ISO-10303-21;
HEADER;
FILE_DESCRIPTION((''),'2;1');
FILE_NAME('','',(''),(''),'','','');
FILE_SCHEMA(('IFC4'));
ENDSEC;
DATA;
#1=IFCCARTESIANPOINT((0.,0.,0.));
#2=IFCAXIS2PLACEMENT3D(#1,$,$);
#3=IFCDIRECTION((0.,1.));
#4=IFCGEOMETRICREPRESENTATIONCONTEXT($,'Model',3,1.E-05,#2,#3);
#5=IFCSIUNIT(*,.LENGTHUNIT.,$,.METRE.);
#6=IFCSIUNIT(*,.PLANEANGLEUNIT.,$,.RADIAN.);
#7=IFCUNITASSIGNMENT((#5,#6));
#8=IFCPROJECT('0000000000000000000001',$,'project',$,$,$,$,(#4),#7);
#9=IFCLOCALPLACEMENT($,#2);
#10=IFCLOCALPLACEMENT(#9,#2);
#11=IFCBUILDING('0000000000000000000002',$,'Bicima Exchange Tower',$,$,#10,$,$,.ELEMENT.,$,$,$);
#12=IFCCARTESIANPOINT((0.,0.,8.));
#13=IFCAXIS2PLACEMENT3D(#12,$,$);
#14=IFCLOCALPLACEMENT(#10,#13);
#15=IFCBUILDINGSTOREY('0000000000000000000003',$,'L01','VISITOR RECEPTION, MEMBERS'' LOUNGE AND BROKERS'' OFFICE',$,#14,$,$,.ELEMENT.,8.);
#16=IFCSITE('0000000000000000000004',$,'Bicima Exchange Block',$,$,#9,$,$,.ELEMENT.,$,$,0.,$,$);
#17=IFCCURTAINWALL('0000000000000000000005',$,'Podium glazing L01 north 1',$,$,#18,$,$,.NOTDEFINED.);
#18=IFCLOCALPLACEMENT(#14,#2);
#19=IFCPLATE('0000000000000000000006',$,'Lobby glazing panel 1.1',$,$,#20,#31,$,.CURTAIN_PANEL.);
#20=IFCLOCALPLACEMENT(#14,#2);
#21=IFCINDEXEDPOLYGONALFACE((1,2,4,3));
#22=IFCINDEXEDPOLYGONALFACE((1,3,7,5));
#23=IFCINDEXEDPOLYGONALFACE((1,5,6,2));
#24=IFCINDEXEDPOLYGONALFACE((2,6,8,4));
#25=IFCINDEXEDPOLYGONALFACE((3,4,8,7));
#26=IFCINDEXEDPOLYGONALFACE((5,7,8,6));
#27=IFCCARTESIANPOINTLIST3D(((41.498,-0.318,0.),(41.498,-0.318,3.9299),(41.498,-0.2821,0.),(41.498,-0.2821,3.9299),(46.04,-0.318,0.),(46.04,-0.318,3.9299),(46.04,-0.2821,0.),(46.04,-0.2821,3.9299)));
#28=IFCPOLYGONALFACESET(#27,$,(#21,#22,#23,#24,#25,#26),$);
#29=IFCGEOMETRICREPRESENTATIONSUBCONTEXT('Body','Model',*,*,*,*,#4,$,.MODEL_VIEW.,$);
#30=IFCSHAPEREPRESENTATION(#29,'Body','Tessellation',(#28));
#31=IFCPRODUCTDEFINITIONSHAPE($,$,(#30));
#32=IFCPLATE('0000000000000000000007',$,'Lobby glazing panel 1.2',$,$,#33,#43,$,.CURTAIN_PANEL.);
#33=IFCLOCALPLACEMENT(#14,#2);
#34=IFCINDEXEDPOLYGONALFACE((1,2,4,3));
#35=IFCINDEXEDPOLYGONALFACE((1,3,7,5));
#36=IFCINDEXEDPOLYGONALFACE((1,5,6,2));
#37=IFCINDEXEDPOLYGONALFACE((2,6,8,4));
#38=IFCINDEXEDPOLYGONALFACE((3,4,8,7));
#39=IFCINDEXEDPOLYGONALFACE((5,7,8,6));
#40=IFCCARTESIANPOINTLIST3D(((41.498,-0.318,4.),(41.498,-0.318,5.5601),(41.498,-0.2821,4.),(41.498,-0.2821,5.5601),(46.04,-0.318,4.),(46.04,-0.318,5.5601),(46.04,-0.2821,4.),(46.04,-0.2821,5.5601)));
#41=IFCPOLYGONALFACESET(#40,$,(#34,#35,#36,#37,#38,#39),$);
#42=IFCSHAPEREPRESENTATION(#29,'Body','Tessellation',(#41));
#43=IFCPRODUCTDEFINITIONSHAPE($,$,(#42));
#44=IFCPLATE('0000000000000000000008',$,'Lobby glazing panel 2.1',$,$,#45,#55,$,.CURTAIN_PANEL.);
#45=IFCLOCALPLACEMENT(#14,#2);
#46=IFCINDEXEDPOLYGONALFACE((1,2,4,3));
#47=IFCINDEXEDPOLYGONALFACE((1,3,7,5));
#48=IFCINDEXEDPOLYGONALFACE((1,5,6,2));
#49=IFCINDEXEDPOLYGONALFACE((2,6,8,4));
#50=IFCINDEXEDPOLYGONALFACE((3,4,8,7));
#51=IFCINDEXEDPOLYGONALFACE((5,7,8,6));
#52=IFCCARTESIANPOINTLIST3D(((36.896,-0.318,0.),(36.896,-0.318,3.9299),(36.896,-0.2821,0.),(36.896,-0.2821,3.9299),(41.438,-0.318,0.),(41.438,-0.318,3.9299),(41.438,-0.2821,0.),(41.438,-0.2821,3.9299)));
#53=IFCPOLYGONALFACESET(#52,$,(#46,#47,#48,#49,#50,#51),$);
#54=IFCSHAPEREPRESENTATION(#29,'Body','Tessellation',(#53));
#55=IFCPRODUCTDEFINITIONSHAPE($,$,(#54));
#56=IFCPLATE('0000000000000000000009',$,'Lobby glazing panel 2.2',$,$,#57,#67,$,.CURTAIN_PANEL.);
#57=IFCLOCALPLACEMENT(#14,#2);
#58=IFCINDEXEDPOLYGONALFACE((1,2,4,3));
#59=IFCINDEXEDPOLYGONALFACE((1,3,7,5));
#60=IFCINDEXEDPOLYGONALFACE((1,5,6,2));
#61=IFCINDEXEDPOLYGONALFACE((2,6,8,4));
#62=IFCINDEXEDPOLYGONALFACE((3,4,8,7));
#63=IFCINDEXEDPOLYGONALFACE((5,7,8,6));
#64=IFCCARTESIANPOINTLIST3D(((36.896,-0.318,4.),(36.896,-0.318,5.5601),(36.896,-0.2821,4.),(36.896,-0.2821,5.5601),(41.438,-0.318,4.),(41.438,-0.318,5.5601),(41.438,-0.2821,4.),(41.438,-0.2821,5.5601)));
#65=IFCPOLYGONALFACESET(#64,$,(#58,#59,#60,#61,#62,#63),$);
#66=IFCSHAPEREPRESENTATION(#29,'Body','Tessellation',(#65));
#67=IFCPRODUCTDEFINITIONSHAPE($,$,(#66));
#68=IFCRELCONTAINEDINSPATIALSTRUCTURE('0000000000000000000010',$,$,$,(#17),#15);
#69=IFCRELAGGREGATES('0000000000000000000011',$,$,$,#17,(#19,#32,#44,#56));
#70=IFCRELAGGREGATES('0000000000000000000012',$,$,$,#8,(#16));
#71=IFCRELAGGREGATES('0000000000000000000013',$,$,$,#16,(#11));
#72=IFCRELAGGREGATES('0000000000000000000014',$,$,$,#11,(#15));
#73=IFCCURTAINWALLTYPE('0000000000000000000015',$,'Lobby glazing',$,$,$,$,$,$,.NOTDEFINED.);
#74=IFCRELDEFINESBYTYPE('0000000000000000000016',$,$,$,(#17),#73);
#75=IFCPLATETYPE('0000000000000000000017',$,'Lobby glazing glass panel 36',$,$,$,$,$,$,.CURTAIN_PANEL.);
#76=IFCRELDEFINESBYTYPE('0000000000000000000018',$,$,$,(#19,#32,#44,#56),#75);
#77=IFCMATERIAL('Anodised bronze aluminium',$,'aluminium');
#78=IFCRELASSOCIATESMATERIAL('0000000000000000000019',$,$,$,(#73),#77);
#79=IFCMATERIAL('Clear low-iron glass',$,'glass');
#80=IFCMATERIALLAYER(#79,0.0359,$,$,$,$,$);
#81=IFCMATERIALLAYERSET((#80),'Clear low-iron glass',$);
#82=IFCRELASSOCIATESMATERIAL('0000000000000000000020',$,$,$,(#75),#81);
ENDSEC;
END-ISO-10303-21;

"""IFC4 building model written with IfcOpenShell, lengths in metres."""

from ifc_helpers import new_model, si_unit, direction, frame, origin, origin_2d, place, context, subcontext, project, spatial, rectangle, extrude, material, layer, layer_set, type_object, element, aggregate, save


model = new_model("IFC4")

# Units and contexts
model_context = context("Model", 3, precision=1e-05, world=origin(), true_north=direction((0.0, 1.0)))
body_context = subcontext(model_context, "Body", "Model", "MODEL_VIEW")
ifc_project = project(units=[si_unit("LENGTHUNIT", "METRE"), si_unit("PLANEANGLEUNIT", "RADIAN")], contexts=[model_context])

# Site, building, storey
site_placement = place(None, origin())
site = spatial("IfcSite", under=ifc_project, at=site_placement, Name="Bicima Exchange Block", CompositionType="ELEMENT", RefElevation=0.0)
building_placement = place(site_placement, origin())
building = spatial("IfcBuilding", under=site, at=building_placement, Name="Bicima Exchange Tower", CompositionType="ELEMENT")
storey_placement = place(building_placement, frame((0.0, 0.0, 8.0)))
storey = spatial("IfcBuildingStorey", under=building, at=storey_placement, Name="L01", Description="VISITOR RECEPTION, MEMBERS' LOUNGE AND BROKERS' OFFICE", CompositionType="ELEMENT", Elevation=8.0)

# Curtain wall
ifc_material_1 = material(Name="Anodised bronze aluminium", Category="aluminium")
curtain_wall_type = type_object("IfcCurtainWallType", Name="Lobby glazing", PredefinedType="NOTDEFINED", material=ifc_material_1)
curtain_wall_1_placement = place(storey_placement, origin())
curtain_wall_1 = element("IfcCurtainWall", 1, at=curtain_wall_1_placement, inside=storey, type_object=curtain_wall_type, Name="Podium glazing L01 north 1", PredefinedType="NOTDEFINED")

# Plates
ifc_material_2 = material(Name="Clear low-iron glass", Category="glass")
ifc_layer = layer(ifc_material_2, 0.0359)
ifc_layer_set = layer_set([ifc_layer], Name="Clear low-iron glass")
plate_type = type_object("IfcPlateType", Name="Lobby glazing glass panel 36", PredefinedType="CURTAIN_PANEL", material=ifc_layer_set)
plate_1_placement = place(storey_placement, frame((43.769, -0.3, 0.0), z_axis=(0.0, 0.0, 1.0), x_axis=(-1.0, 0.0, 0.0)))
plate_1 = element("IfcPlate", 2, at=plate_1_placement, type_object=plate_type, Name="Lobby glazing panel 1.1", PredefinedType="CURTAIN_PANEL", context=body_context, shape_type="SweptSolid", body=[
    extrude(rectangle(XDim=4.542, YDim=0.0359, at=origin_2d()), origin(), (0.0, 0.0, 1.0), 3.9299),
])
plate_2_placement = place(storey_placement, frame((43.769, -0.3, 4.0), z_axis=(0.0, 0.0, 1.0), x_axis=(-1.0, 0.0, 0.0)))
plate_2 = element("IfcPlate", 3, at=plate_2_placement, type_object=plate_type, Name="Lobby glazing panel 1.2", PredefinedType="CURTAIN_PANEL", context=body_context, shape_type="SweptSolid", body=[
    extrude(rectangle(XDim=4.542, YDim=0.0359, at=origin_2d()), origin(), (0.0, 0.0, 1.0), 1.5601),
])
plate_3_placement = place(storey_placement, frame((39.167, -0.3, 0.0), z_axis=(0.0, 0.0, 1.0), x_axis=(-1.0, 0.0, 0.0)))
plate_3 = element("IfcPlate", 4, at=plate_3_placement, type_object=plate_type, Name="Lobby glazing panel 2.1", PredefinedType="CURTAIN_PANEL", context=body_context, shape_type="SweptSolid", body=[
    extrude(rectangle(XDim=4.542, YDim=0.0359, at=origin_2d()), origin(), (0.0, 0.0, 1.0), 3.9299),
])
plate_4_placement = place(storey_placement, frame((39.167, -0.3, 4.0), z_axis=(0.0, 0.0, 1.0), x_axis=(-1.0, 0.0, 0.0)))
plate_4 = element("IfcPlate", 5, at=plate_4_placement, type_object=plate_type, Name="Lobby glazing panel 2.2", PredefinedType="CURTAIN_PANEL", context=body_context, shape_type="SweptSolid", body=[
    extrude(rectangle(XDim=4.542, YDim=0.0359, at=origin_2d()), origin(), (0.0, 0.0, 1.0), 1.5601),
])
aggregate(curtain_wall_1, [plate_1, plate_2, plate_3, plate_4])

save(model, "model.ifc")
